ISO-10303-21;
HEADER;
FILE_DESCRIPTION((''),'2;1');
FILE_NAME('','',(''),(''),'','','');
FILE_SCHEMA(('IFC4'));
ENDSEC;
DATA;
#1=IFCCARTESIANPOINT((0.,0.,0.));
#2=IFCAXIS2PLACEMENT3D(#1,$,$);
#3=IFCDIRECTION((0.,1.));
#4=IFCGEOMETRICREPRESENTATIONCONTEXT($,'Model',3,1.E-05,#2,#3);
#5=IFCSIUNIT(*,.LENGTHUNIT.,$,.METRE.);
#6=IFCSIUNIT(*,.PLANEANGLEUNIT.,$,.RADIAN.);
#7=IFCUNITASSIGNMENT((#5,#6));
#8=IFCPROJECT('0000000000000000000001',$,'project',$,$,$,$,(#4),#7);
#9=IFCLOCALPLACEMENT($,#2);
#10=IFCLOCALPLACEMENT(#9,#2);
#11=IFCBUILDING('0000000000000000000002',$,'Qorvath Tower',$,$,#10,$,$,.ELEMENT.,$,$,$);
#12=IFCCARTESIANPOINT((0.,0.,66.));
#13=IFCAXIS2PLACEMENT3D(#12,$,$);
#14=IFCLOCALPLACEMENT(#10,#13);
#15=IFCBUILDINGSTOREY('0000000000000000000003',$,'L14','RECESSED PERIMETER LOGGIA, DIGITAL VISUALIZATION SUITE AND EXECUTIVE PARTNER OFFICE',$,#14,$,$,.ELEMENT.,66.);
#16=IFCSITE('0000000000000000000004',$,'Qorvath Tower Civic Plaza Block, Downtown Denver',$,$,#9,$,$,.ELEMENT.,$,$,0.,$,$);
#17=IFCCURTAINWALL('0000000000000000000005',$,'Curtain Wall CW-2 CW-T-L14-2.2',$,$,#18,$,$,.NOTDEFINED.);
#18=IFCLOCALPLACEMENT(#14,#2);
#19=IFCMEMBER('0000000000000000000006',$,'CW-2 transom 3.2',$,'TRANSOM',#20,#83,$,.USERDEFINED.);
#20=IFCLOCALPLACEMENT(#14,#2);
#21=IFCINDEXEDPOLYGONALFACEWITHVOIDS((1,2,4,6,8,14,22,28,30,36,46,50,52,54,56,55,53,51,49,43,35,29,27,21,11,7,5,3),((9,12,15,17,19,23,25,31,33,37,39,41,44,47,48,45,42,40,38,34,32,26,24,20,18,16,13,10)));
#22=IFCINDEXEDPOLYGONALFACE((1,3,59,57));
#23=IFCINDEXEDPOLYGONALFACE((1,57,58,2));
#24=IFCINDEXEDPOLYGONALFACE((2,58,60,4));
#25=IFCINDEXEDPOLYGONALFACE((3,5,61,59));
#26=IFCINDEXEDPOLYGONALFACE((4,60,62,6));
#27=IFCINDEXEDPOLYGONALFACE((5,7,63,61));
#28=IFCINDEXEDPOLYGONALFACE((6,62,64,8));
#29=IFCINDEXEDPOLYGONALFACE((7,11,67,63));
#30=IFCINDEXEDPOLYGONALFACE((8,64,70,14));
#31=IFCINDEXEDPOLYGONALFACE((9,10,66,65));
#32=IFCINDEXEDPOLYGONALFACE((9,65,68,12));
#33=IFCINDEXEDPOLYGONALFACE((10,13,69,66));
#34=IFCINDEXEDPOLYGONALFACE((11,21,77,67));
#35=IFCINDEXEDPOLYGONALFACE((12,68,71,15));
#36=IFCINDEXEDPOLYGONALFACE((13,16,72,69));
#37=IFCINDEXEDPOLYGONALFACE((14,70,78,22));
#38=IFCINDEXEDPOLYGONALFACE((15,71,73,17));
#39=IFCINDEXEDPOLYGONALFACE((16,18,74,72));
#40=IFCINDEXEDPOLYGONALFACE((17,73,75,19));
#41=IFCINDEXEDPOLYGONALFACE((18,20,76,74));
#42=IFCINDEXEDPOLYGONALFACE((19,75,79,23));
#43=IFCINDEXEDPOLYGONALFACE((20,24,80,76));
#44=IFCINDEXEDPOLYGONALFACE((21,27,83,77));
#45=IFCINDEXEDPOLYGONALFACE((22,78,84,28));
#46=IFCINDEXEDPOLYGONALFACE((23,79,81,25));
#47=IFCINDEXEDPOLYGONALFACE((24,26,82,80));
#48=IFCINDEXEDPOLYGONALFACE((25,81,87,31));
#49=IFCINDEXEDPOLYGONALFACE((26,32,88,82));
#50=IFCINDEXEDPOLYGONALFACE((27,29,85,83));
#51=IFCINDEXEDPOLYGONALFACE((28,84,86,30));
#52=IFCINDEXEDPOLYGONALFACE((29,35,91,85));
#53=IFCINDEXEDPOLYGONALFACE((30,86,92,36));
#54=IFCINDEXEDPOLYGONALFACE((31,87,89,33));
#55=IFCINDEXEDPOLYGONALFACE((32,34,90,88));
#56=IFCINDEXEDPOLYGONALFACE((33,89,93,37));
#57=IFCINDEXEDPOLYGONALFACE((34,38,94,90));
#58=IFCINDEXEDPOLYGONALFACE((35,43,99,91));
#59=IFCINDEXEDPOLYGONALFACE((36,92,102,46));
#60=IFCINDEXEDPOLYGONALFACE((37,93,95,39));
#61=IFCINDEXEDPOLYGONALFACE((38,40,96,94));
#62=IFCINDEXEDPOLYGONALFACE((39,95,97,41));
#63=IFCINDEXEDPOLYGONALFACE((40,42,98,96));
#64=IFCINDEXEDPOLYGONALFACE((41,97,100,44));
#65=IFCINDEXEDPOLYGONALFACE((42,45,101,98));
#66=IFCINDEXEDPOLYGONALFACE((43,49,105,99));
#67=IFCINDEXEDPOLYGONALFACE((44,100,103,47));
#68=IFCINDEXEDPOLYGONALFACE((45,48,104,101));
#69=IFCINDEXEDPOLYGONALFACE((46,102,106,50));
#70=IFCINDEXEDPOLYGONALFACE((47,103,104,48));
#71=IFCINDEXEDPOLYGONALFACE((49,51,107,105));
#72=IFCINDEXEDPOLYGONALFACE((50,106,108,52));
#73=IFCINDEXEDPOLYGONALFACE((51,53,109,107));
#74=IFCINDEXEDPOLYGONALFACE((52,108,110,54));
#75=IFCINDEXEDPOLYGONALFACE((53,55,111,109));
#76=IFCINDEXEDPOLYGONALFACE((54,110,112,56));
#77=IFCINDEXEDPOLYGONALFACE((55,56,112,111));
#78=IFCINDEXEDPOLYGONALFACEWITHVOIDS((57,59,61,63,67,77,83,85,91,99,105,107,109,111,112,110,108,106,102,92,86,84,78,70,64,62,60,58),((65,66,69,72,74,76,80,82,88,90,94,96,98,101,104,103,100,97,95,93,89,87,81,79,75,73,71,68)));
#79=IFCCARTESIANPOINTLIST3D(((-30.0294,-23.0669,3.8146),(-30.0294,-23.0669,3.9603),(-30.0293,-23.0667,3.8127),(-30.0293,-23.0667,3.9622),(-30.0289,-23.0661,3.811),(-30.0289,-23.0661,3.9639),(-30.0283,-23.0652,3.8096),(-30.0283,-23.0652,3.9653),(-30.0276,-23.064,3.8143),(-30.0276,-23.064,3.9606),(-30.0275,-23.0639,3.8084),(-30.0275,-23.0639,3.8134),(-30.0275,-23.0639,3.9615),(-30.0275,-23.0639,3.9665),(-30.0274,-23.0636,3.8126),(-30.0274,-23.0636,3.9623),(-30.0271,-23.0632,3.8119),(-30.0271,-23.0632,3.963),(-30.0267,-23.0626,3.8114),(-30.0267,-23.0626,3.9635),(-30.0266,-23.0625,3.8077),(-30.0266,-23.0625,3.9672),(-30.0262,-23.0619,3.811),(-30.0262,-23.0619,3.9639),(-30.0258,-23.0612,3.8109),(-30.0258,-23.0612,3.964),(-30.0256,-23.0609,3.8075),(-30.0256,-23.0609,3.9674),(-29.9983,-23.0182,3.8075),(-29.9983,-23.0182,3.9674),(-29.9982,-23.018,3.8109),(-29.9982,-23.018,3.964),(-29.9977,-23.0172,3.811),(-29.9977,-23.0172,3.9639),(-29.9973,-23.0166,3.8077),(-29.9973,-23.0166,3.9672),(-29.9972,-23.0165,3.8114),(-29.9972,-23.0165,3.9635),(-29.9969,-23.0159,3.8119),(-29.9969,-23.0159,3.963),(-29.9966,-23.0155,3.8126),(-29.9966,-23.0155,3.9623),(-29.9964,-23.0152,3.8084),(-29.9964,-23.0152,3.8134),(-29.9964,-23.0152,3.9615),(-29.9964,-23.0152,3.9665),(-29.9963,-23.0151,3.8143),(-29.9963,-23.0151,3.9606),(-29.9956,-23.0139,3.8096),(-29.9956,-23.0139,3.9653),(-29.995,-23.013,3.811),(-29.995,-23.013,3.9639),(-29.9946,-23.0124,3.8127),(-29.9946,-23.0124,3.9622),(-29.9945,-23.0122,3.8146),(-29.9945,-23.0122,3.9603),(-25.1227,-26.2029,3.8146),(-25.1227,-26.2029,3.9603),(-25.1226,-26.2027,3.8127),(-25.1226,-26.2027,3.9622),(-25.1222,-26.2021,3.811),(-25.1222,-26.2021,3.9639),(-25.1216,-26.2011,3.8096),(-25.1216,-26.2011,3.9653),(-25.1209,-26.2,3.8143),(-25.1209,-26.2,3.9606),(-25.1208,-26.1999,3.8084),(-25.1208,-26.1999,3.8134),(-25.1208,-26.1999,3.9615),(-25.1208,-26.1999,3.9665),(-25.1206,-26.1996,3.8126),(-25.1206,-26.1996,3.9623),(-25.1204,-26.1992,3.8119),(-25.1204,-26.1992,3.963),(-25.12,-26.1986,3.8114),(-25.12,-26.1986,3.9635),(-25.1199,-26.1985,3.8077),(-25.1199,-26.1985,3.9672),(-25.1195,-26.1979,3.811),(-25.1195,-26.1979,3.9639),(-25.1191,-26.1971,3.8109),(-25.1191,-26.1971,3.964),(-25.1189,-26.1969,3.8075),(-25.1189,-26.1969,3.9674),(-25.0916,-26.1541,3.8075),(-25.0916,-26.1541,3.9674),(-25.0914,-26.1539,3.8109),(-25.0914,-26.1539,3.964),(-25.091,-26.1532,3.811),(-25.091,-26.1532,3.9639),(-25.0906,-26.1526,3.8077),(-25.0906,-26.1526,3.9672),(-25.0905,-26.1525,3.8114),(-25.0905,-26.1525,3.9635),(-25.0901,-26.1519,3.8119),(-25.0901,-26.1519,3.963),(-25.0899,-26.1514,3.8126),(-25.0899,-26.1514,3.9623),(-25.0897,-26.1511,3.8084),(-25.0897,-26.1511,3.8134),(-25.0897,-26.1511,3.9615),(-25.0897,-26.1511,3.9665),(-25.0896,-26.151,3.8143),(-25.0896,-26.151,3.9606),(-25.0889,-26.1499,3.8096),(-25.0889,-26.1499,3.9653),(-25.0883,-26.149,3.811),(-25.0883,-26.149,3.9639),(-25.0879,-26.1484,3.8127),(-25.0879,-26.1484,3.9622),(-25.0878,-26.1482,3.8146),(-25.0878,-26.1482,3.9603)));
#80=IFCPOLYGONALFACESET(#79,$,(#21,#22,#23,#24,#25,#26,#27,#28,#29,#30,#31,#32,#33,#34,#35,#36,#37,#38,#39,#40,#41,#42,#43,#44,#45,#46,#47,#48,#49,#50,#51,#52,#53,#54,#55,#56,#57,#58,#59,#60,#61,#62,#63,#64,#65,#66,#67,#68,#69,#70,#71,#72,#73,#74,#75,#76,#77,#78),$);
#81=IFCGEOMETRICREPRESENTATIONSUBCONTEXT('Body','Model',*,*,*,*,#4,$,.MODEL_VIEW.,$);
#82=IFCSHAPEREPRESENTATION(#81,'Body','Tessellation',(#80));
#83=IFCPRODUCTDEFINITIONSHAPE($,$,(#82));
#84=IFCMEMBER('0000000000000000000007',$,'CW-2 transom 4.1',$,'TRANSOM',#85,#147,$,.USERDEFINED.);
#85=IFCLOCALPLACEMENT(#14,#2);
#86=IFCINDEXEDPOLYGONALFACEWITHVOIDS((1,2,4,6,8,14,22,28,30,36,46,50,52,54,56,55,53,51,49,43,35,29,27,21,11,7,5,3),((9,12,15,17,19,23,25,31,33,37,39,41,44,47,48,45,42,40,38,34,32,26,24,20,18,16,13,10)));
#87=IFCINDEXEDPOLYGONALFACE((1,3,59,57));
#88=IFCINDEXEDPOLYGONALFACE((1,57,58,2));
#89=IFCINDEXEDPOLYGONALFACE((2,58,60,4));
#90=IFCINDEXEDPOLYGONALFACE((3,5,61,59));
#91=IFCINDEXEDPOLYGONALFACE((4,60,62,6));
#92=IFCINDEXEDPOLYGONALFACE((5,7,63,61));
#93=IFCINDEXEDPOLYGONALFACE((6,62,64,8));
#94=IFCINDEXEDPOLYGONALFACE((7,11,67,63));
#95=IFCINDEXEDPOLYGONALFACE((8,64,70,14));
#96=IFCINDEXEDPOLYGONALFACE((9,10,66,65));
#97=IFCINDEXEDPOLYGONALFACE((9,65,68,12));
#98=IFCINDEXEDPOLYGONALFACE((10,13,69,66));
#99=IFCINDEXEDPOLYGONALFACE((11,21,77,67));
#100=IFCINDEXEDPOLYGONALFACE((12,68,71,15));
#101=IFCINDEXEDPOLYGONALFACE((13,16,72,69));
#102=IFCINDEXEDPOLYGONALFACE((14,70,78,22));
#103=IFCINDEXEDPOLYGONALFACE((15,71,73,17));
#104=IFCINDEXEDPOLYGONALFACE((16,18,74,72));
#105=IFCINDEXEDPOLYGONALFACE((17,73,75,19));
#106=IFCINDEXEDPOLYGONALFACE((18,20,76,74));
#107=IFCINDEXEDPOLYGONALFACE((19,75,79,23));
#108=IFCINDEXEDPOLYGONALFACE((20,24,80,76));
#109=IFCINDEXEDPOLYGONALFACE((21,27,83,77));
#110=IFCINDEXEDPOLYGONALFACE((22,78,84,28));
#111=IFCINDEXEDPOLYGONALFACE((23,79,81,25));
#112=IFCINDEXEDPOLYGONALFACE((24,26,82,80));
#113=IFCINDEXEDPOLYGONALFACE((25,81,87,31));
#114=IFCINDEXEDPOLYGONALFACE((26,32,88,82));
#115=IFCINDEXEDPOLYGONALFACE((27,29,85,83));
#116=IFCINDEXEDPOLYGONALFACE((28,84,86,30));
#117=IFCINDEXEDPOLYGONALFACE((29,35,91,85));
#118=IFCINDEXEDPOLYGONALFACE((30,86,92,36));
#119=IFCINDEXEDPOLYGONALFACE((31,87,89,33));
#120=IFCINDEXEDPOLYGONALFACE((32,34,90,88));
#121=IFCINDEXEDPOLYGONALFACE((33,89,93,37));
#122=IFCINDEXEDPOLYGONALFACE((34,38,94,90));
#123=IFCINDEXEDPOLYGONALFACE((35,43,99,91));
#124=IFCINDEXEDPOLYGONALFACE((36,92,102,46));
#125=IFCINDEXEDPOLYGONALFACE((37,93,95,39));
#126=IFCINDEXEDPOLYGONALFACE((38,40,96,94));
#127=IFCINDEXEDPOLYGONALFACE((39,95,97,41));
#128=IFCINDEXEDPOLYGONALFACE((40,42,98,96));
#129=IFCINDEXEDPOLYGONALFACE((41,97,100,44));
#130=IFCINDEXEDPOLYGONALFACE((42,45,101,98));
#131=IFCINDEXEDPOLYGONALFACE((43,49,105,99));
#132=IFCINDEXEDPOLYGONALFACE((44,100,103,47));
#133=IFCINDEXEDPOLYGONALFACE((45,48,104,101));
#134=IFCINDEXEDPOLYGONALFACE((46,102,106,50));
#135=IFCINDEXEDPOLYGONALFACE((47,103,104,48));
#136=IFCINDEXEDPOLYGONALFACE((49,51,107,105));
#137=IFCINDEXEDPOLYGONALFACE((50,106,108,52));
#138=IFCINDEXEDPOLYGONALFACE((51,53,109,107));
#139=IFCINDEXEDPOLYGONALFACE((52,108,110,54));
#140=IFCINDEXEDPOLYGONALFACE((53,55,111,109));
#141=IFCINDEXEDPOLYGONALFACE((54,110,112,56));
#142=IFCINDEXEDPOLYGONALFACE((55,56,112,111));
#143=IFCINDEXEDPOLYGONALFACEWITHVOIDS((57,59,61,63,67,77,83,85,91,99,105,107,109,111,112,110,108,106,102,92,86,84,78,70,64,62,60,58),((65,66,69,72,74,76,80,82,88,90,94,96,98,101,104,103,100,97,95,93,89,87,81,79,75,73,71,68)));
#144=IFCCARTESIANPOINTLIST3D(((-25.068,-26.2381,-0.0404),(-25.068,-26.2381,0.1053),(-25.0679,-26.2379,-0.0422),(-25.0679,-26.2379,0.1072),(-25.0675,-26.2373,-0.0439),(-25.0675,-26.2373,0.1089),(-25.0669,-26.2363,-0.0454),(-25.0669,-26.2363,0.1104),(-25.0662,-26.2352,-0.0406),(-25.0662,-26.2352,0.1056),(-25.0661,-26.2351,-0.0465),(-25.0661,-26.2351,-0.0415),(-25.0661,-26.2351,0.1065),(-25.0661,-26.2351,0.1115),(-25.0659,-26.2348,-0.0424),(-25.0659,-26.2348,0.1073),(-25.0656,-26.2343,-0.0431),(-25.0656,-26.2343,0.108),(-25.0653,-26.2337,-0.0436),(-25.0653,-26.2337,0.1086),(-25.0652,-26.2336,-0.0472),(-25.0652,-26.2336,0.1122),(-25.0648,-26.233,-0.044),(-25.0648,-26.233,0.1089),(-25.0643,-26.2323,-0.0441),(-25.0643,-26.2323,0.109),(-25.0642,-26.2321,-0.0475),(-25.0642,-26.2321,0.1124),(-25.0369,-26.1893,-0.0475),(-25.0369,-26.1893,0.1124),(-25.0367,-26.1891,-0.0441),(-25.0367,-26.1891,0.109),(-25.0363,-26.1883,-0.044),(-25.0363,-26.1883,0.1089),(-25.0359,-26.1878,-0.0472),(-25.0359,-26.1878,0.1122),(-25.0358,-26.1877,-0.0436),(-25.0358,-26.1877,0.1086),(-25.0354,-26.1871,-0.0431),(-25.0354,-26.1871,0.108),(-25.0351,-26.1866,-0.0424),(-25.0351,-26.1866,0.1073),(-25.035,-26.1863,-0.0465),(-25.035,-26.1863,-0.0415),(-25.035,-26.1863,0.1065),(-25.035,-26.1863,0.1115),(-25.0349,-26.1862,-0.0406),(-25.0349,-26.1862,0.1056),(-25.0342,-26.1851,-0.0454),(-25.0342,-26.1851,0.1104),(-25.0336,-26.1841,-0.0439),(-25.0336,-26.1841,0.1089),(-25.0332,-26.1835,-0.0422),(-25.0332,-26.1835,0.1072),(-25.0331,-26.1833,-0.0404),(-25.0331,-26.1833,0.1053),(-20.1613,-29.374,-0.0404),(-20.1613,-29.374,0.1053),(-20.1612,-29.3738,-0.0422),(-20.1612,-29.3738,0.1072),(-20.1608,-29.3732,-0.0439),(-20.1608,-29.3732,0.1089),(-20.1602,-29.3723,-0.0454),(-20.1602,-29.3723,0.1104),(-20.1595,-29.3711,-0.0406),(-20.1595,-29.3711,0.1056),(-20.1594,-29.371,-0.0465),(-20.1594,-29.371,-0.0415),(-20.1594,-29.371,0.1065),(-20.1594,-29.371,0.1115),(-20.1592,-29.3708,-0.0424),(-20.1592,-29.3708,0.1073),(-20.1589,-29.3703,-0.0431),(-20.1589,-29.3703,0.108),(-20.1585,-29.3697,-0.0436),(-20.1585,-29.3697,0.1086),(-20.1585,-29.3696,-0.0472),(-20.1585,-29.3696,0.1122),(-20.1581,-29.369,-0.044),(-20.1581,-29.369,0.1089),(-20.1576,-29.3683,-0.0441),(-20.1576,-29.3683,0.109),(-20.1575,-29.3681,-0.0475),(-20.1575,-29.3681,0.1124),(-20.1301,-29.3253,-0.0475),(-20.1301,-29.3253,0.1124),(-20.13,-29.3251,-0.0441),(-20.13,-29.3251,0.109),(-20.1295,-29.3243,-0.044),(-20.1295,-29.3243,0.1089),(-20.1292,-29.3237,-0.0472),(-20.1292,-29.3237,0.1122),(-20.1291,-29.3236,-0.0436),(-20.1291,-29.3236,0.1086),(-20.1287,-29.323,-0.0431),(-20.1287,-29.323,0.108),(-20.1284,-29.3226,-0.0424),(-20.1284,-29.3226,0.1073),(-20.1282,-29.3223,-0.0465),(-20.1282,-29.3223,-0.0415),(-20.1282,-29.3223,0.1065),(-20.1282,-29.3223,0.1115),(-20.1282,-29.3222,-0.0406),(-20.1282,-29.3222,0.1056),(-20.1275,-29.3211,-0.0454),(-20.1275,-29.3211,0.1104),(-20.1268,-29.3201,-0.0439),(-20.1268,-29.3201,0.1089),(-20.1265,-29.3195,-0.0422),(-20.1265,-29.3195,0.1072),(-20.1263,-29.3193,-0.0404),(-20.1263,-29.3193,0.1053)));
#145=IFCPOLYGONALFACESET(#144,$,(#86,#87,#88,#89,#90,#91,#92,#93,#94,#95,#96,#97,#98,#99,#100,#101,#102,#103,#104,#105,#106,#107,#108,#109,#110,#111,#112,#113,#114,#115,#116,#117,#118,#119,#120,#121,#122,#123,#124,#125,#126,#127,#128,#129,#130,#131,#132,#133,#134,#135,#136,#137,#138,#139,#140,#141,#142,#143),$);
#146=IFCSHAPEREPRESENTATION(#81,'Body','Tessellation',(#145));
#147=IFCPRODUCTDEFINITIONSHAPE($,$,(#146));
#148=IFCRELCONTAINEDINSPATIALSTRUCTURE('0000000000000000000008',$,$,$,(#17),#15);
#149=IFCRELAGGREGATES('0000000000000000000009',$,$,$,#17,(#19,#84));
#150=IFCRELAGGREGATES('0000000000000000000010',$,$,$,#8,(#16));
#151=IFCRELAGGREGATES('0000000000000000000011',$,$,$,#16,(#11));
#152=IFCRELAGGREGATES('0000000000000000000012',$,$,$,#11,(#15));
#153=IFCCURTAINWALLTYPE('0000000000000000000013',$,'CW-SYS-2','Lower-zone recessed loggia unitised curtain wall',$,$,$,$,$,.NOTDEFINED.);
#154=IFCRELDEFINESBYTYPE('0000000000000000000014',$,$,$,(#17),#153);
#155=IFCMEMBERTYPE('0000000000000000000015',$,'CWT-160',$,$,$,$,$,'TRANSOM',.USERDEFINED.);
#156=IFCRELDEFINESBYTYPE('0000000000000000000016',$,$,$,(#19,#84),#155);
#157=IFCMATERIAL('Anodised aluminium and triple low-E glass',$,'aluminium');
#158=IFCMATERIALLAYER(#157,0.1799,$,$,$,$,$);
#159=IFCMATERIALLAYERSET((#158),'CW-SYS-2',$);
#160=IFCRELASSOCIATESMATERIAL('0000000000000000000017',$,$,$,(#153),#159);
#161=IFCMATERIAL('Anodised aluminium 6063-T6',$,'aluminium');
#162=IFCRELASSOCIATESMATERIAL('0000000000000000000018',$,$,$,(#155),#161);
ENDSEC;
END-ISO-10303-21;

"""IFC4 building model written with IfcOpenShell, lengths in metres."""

from ifc_helpers import new_model, si_unit, direction, frame, origin, origin_2d, place, context, subcontext, project, spatial, hollow_rectangle, extrude, material, layer, layer_set, material_profile, profile_set, type_object, element, aggregate, save


model = new_model("IFC4")

# Units and contexts
model_context = context("Model", 3, precision=1e-05, world=origin(), true_north=direction((0.0, 1.0)))
body_context = subcontext(model_context, "Body", "Model", "MODEL_VIEW")
ifc_project = project(units=[si_unit("LENGTHUNIT", "METRE"), si_unit("PLANEANGLEUNIT", "RADIAN")], contexts=[model_context])

# Site, building, storey
site_placement = place(None, origin())
site = spatial("IfcSite", under=ifc_project, at=site_placement, Name="Qorvath Tower Civic Plaza Block, Downtown Denver", CompositionType="ELEMENT", RefElevation=0.0)
building_placement = place(site_placement, origin())
building = spatial("IfcBuilding", under=site, at=building_placement, Name="Qorvath Tower", CompositionType="ELEMENT")
storey_placement = place(building_placement, frame((0.0, 0.0, 66.0)))
storey = spatial("IfcBuildingStorey", under=building, at=storey_placement, Name="L14", Description="RECESSED PERIMETER LOGGIA, DIGITAL VISUALIZATION SUITE AND EXECUTIVE PARTNER OFFICE", CompositionType="ELEMENT", Elevation=66.0)

# Curtain wall, members
ifc_material_1 = material(Name="Anodised aluminium and triple low-E glass", Category="aluminium")
ifc_layer_1 = layer(ifc_material_1, 0.1799)
ifc_layer_set_1 = layer_set([ifc_layer_1], Name="CW-SYS-2")
curtain_wall_type = type_object("IfcCurtainWallType", Name="CW-SYS-2", Description="Lower-zone recessed loggia unitised curtain wall", PredefinedType="NOTDEFINED", material=ifc_layer_set_1)
curtain_wall_placement = place(storey_placement, origin())
curtain_wall = element("IfcCurtainWall", 1, at=curtain_wall_placement, inside=storey, type_object=curtain_wall_type, Name="Curtain Wall CW-2 CW-T-L14-2.2", PredefinedType="NOTDEFINED")
ifc_material_2 = material(Name="Anodised aluminium 6063-T6", Category="aluminium")
ifc_material_profile_1 = material_profile(ifc_material_2, hollow_rectangle(XDim=0.0649, YDim=0.1599, WallThickness=0.0034, InnerFilletRadius=0.0034, OuterFilletRadius=0.0071, at=origin_2d()), Name="CWT 160x65")
ifc_profile_set_1 = profile_set([ifc_material_profile_1], Name="Anodised aluminium 6063-T6")
member_type_1 = type_object("IfcMemberType", Name="CWT-160", ElementType="TRANSOM", PredefinedType="USERDEFINED", material=ifc_profile_set_1)
member_1_placement = place(storey_placement, frame((-30.012, -23.0396, 3.8875), z_axis=(0.842609, -0.538527, 0.0), x_axis=(0.538527, 0.842609, 0.0)))
member_1 = element("IfcMember", 2, at=member_1_placement, type_object=member_type_1, Name="CW-2 transom 3.2", ObjectType="TRANSOM", PredefinedType="USERDEFINED", context=body_context, shape_type="SweptSolid", body=[
    extrude(hollow_rectangle(XDim=0.0649, YDim=0.1599, WallThickness=0.0034, InnerFilletRadius=0.0034, OuterFilletRadius=0.0071, at=origin_2d()), origin(), (0.0, 0.0, 1.0), 5.8232),
])
member_2_placement = place(storey_placement, frame((-25.0505, -26.2107, 0.0325), z_axis=(0.842609, -0.538527, 0.0), x_axis=(0.538527, 0.842609, 0.0)))
member_2 = element("IfcMember", 3, at=member_2_placement, type_object=member_type_1, Name="CW-2 transom 4.1", ObjectType="TRANSOM", PredefinedType="USERDEFINED", context=body_context, shape_type="SweptSolid", body=[
    extrude(hollow_rectangle(XDim=0.0649, YDim=0.1599, WallThickness=0.0034, InnerFilletRadius=0.0034, OuterFilletRadius=0.0071, at=origin_2d()), origin(), (0.0, 0.0, 1.0), 5.8232),
])
aggregate(curtain_wall, [member_1, member_2])

save(model, "model.ifc")
